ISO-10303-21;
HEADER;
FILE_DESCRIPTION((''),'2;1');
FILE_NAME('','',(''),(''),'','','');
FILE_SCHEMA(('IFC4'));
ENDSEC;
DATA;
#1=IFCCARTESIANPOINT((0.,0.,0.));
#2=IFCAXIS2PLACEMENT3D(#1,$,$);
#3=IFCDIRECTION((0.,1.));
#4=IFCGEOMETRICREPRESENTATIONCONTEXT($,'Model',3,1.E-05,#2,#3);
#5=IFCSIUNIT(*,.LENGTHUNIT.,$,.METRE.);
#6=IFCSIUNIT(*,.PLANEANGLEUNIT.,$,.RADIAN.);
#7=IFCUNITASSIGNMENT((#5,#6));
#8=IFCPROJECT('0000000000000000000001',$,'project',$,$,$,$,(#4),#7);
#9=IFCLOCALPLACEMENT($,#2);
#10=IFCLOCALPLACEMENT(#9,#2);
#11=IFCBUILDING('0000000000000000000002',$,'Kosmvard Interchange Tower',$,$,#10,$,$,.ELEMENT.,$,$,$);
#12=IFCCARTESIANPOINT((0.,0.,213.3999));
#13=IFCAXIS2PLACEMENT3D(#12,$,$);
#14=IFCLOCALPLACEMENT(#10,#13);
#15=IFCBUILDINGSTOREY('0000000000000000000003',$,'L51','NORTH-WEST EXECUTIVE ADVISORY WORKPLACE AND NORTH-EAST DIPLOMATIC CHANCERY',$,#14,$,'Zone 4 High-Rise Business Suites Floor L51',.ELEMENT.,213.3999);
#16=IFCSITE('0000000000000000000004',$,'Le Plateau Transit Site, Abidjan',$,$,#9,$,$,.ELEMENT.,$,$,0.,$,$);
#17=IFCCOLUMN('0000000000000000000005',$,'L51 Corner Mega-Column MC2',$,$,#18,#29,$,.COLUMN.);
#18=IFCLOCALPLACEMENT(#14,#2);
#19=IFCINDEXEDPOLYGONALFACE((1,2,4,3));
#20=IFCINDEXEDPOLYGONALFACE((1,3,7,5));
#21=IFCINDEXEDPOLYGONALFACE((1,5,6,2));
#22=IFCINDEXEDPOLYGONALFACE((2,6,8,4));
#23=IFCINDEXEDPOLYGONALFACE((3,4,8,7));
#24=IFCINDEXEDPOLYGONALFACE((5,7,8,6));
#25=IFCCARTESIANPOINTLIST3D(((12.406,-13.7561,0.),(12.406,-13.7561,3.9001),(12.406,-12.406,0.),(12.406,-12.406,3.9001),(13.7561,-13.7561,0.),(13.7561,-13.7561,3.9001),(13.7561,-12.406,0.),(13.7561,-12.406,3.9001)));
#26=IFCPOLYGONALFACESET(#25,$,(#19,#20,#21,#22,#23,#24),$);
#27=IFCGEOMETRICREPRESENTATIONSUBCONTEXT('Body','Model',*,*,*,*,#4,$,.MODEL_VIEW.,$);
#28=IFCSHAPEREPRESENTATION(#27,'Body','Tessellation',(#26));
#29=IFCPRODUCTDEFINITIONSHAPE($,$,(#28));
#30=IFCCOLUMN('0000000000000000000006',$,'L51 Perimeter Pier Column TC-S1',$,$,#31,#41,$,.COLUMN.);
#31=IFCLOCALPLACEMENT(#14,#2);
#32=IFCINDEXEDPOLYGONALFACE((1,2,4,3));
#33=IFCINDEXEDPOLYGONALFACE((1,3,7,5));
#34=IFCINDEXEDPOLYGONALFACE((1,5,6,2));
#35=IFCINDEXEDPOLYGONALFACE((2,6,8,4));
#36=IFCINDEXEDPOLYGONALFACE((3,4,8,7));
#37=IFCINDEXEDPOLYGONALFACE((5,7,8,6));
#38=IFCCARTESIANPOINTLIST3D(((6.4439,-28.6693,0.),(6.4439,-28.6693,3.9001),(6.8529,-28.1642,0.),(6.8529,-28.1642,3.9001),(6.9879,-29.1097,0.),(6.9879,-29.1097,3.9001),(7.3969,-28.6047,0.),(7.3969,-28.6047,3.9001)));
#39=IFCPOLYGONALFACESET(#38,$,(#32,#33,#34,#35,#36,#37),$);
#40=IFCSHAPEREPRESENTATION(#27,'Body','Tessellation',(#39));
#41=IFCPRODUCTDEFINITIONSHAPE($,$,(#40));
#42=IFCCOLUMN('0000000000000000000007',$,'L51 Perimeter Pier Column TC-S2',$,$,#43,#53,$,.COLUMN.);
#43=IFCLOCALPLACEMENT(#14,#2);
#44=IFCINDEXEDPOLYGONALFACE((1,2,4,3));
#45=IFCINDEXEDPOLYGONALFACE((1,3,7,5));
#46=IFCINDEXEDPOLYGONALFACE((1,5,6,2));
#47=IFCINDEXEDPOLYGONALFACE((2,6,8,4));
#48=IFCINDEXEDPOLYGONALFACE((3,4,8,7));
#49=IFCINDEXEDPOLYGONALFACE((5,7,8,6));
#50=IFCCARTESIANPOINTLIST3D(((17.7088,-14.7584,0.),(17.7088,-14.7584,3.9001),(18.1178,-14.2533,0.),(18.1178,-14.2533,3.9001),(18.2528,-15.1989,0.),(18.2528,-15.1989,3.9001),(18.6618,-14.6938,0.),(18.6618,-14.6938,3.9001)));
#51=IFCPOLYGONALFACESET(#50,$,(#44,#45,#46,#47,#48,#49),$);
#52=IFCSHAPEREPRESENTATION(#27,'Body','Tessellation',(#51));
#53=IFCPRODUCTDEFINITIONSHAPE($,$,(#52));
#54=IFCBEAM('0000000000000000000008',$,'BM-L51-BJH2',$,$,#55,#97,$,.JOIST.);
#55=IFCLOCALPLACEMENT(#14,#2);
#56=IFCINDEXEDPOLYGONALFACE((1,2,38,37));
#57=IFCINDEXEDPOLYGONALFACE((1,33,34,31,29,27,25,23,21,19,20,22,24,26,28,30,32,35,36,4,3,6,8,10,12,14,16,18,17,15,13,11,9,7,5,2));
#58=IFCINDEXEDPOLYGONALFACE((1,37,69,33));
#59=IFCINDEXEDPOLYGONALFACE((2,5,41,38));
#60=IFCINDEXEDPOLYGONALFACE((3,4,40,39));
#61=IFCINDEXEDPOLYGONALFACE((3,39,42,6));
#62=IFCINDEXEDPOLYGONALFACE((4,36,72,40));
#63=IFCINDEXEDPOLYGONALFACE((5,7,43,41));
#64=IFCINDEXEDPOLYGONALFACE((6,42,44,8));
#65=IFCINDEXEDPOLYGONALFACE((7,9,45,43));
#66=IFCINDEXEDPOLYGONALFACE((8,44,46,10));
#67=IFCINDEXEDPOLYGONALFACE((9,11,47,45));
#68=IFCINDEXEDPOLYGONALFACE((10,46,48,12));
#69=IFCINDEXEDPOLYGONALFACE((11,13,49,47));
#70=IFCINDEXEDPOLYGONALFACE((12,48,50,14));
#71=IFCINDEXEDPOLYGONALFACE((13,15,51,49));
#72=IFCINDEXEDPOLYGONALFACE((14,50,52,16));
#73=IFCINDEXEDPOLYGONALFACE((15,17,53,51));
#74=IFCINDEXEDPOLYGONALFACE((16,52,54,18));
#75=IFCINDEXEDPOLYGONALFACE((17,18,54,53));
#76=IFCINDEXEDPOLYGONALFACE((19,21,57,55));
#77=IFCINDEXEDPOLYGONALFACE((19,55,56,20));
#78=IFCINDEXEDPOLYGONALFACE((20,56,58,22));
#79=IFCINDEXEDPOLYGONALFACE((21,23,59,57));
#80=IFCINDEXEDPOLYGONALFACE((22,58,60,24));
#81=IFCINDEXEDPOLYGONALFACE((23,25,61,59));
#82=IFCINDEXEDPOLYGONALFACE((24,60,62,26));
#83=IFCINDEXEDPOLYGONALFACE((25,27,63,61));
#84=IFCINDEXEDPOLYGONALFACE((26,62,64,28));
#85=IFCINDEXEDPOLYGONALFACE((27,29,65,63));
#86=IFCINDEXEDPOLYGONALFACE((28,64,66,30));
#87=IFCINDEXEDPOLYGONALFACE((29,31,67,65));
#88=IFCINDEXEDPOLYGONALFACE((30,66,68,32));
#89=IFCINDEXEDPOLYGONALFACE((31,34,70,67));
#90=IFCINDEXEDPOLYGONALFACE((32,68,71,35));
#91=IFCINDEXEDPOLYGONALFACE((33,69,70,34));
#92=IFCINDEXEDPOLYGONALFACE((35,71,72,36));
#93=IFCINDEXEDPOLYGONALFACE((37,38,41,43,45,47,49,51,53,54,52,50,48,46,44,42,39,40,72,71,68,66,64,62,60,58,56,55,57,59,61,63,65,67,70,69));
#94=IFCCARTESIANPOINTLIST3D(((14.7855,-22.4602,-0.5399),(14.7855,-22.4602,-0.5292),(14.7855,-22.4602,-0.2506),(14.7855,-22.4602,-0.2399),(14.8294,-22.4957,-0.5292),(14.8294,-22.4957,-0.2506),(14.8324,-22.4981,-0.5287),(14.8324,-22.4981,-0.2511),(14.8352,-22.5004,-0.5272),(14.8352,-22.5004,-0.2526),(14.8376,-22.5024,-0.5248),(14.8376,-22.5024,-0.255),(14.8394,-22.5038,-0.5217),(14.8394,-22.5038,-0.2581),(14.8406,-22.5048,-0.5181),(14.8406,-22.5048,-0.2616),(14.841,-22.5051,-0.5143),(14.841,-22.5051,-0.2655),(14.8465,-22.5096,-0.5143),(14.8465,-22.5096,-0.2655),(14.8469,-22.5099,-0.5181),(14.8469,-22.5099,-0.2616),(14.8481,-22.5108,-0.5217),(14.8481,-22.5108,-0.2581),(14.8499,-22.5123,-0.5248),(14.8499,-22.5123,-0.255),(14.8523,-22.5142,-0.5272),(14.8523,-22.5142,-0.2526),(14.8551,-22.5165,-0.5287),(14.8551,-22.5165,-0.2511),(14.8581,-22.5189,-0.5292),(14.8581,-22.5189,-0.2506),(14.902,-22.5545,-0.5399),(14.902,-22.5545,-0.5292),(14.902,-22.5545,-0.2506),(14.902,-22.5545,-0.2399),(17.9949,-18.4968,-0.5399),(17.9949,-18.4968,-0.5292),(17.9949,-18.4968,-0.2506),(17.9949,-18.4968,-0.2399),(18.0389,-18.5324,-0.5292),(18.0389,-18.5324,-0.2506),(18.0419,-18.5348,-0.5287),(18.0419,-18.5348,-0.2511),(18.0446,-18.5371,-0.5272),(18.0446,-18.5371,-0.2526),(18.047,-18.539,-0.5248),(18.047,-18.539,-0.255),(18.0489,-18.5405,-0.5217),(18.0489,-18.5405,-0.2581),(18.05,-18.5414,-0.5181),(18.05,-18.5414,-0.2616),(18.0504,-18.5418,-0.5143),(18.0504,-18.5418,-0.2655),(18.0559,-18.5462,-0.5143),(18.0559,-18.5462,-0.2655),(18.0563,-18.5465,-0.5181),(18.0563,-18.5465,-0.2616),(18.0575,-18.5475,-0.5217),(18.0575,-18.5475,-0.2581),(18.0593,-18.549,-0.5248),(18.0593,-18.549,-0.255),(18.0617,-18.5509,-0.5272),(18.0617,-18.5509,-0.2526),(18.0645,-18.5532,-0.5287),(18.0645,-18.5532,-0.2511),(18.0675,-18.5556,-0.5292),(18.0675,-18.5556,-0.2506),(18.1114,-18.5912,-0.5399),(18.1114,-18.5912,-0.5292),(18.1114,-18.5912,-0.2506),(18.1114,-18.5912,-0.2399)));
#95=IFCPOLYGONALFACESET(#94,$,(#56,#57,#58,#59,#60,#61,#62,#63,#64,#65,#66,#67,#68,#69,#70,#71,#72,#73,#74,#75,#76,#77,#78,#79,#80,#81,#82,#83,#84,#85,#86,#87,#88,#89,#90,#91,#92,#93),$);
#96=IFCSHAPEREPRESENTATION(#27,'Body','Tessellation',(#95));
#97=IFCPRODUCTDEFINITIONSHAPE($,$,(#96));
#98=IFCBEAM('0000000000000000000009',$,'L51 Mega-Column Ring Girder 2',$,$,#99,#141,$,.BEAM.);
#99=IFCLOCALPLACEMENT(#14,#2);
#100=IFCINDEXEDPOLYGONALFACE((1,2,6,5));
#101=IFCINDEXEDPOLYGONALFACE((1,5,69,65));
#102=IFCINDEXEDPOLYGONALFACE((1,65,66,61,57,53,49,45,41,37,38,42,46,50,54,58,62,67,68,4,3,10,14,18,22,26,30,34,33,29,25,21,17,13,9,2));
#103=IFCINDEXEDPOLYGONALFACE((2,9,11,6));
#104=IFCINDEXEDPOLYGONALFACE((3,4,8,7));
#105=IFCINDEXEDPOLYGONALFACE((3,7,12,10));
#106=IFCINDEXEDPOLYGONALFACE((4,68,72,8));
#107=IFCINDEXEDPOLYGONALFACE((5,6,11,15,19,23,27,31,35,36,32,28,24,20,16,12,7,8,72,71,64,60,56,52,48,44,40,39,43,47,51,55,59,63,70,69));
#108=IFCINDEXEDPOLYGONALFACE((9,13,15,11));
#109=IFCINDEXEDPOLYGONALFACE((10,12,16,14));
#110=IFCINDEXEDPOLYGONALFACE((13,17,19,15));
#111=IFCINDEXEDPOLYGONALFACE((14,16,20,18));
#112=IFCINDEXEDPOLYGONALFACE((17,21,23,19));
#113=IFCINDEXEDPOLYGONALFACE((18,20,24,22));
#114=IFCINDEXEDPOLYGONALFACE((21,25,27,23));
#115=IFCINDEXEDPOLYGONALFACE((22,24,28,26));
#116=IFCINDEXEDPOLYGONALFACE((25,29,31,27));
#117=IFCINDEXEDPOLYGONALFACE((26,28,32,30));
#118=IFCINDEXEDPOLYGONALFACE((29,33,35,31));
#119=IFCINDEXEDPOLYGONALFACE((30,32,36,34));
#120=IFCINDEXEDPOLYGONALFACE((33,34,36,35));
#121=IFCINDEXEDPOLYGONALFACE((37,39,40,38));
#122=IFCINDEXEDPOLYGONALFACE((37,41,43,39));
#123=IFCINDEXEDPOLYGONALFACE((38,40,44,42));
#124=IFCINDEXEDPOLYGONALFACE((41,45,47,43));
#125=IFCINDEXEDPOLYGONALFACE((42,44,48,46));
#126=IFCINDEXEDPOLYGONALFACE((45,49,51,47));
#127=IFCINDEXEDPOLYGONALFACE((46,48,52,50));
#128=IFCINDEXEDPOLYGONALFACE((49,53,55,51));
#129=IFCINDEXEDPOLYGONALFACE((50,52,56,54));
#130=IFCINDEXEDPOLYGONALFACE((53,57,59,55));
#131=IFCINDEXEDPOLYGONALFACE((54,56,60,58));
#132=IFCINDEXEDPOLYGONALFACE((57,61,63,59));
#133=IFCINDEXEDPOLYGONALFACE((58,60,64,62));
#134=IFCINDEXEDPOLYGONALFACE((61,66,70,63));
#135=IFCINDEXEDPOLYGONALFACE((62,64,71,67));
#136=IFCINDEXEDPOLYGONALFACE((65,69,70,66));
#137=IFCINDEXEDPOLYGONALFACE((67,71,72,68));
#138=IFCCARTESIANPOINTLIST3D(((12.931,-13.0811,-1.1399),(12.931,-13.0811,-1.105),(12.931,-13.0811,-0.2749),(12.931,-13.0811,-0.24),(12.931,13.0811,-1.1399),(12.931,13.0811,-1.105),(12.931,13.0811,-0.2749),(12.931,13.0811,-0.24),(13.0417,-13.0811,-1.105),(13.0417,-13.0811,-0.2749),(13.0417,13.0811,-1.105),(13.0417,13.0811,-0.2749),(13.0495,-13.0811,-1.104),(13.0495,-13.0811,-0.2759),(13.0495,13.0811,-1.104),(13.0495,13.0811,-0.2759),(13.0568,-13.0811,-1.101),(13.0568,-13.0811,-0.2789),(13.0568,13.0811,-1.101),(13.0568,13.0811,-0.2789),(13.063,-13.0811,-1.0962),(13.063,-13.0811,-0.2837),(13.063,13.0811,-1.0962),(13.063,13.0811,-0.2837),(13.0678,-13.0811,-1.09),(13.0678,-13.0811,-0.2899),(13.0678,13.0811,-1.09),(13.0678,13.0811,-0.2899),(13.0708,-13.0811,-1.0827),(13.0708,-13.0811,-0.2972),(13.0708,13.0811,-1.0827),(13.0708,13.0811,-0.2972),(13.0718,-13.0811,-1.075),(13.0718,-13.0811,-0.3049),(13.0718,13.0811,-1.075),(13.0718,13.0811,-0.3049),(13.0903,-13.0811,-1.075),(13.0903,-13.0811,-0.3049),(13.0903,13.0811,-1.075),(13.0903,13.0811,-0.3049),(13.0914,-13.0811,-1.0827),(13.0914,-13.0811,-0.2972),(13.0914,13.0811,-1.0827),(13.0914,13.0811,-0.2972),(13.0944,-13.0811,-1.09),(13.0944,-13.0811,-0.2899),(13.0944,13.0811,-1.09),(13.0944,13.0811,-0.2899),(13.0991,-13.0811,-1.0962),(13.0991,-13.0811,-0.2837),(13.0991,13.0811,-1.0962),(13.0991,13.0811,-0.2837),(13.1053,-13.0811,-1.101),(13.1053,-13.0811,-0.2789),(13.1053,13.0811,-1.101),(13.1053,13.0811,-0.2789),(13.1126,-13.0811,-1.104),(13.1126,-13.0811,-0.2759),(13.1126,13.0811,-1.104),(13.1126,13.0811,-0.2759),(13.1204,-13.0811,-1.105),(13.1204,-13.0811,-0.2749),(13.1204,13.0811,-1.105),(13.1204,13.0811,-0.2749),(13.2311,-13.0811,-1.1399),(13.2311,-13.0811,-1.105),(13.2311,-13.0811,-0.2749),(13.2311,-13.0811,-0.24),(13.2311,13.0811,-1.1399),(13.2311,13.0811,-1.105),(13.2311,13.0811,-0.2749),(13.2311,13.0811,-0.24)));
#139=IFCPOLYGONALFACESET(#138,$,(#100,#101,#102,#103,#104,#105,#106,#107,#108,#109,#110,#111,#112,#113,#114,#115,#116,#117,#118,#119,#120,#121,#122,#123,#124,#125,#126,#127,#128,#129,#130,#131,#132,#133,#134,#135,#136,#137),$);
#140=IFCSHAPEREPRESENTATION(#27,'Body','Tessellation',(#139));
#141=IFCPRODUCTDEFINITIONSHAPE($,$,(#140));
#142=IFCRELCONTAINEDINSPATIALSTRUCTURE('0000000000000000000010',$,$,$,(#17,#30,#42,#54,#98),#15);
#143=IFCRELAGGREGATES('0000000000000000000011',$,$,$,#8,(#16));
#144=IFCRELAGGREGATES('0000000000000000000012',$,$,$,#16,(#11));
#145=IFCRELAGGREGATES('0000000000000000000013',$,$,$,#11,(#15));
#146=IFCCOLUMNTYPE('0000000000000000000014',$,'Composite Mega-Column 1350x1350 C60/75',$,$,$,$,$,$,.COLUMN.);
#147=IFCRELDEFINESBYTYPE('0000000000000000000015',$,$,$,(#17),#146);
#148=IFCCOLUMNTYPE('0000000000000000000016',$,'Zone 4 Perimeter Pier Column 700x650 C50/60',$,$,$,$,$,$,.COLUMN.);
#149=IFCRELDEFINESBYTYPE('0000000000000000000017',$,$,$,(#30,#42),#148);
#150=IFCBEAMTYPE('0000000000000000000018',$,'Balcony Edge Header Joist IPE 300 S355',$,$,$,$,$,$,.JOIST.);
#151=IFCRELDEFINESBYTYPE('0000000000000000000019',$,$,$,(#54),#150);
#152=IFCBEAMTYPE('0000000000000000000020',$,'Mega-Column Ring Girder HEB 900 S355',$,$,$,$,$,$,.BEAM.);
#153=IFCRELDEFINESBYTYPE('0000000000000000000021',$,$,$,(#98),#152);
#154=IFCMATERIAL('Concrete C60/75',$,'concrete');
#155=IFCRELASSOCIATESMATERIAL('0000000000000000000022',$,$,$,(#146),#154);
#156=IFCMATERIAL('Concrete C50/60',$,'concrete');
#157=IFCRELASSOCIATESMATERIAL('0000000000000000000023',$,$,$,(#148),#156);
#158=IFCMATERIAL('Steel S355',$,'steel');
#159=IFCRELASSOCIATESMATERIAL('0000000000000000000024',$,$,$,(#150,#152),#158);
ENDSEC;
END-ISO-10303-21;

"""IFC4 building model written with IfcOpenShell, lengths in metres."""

from ifc_helpers import new_model, si_unit, direction, frame, origin, origin_2d, place, context, subcontext, project, spatial, rectangle, i_section, extrude, source, transform, mapped, material, material_profile, profile_set, type_object, element, save


model = new_model("IFC4")

# Units and contexts
model_context = context("Model", 3, precision=1e-05, world=origin(), true_north=direction((0.0, 1.0)))
body_context = subcontext(model_context, "Body", "Model", "MODEL_VIEW")
ifc_project = project(units=[si_unit("LENGTHUNIT", "METRE"), si_unit("PLANEANGLEUNIT", "RADIAN")], contexts=[model_context])

# Site, building, storey
site_placement = place(None, origin())
site = spatial("IfcSite", under=ifc_project, at=site_placement, Name="Le Plateau Transit Site, Abidjan", CompositionType="ELEMENT", RefElevation=0.0)
building_placement = place(site_placement, origin())
building = spatial("IfcBuilding", under=site, at=building_placement, Name="Kosmvard Interchange Tower", CompositionType="ELEMENT")
storey_placement = place(building_placement, frame((0.0, 0.0, 213.3999)))
storey = spatial("IfcBuildingStorey", under=building, at=storey_placement, Name="L51", Description="NORTH-WEST EXECUTIVE ADVISORY WORKPLACE AND NORTH-EAST DIPLOMATIC CHANCERY", LongName="Zone 4 High-Rise Business Suites Floor L51", CompositionType="ELEMENT", Elevation=213.3999)

# Columns
ifc_material_1 = material(Name="Concrete C60/75", Category="concrete")
ifc_material_profile_1 = material_profile(ifc_material_1, rectangle(XDim=1.3501, YDim=1.3501, at=origin_2d()), Name="MC 1350x1350")
ifc_profile_set_1 = profile_set([ifc_material_profile_1], Name="Concrete C60/75")
column_type_1 = type_object("IfcColumnType", Name="Composite Mega-Column 1350x1350 C60/75", PredefinedType="COLUMN", material=ifc_profile_set_1)
shared_shape_1 = source(origin(), body_context, "Body", "SweptSolid", [
    extrude(rectangle(XDim=1.3501, YDim=1.3501, at=origin_2d()), origin(), (0.0, 0.0, 1.0), 3.9001),
])
column_placement = place(storey_placement, frame((13.0811, -13.0811, 0.0), z_axis=(0.0, 0.0, 1.0), x_axis=(1.0, 0.0, 0.0)))
element("IfcColumn", 1, at=column_placement, inside=storey, type_object=column_type_1, Name="L51 Corner Mega-Column MC2", PredefinedType="COLUMN", context=body_context, shape_type="MappedRepresentation", body=[
    mapped(shared_shape_1, transform((0.0, 0.0, 0.0), scale=1.0)),
])
ifc_material_2 = material(Name="Concrete C50/60", Category="concrete")
ifc_material_profile_2 = material_profile(ifc_material_2, rectangle(XDim=0.6499, YDim=0.7, at=origin_2d()), Name="TC 700x650")
ifc_profile_set_2 = profile_set([ifc_material_profile_2], Name="Concrete C50/60")
column_type_2 = type_object("IfcColumnType", Name="Zone 4 Perimeter Pier Column 700x650 C50/60", PredefinedType="COLUMN", material=ifc_profile_set_2)
shared_shape_2 = source(origin(), body_context, "Body", "SweptSolid", [
    extrude(rectangle(XDim=0.6499, YDim=0.7, at=origin_2d()), origin(), (0.0, 0.0, 1.0), 3.9001),
])
for number, where, z_axis, x_axis, name in (
    (2, (6.9204, -28.637, 0.0), (0.0, 0.0, 1.0), (0.62932, 0.777146, 0.0), "L51 Perimeter Pier Column TC-S1"),
    (3, (18.1853, -14.7261, 0.0), (0.0, 0.0, 1.0), (0.62932, 0.777146, 0.0), "L51 Perimeter Pier Column TC-S2"),
):
    element("IfcColumn", number, at=place(storey_placement, frame(where, z_axis=z_axis, x_axis=x_axis)), inside=storey, type_object=column_type_2, Name=name, PredefinedType="COLUMN", context=body_context, shape_type="MappedRepresentation", body=[
        mapped(shared_shape_2, transform((0.0, 0.0, 0.0), scale=1.0)),
    ])

# Beams
ifc_material_3 = material(Name="Steel S355", Category="steel")
ifc_material_profile_3 = material_profile(ifc_material_3, i_section(OverallWidth=0.1499, OverallDepth=0.3, WebThickness=0.0071, FlangeThickness=0.0107, FilletRadius=0.0149, at=origin_2d()), Name="IPE 300")
ifc_profile_set_3 = profile_set([ifc_material_profile_3], Name="Steel S355")
beam_type_1 = type_object("IfcBeamType", Name="Balcony Edge Header Joist IPE 300 S355", PredefinedType="JOIST", material=ifc_profile_set_3)
shared_shape_3 = source(origin(), body_context, "Body", "SweptSolid", [
    extrude(i_section(OverallWidth=0.1499, OverallDepth=0.3, WebThickness=0.0071, FlangeThickness=0.0107, FilletRadius=0.0149, at=origin_2d()), origin(), (0.0, 0.0, 1.0), 5.0999),
])
beam_1_placement = place(storey_placement, frame((14.8438, -22.5073, -0.3899), z_axis=(0.629319, 0.777147, 0.0), x_axis=(-0.777147, 0.629319, 0.0)))
element("IfcBeam", 4, at=beam_1_placement, inside=storey, type_object=beam_type_1, Name="BM-L51-BJH2", PredefinedType="JOIST", context=body_context, shape_type="MappedRepresentation", body=[
    mapped(shared_shape_3, transform((0.0, 0.0, 0.0), scale=1.0)),
])
ifc_material_profile_4 = material_profile(ifc_material_3, i_section(OverallWidth=0.3, OverallDepth=0.8999, WebThickness=0.0186, FlangeThickness=0.0349, FilletRadius=0.03, at=origin_2d()), Name="HEB 900")
ifc_profile_set_4 = profile_set([ifc_material_profile_4], Name="Steel S355")
beam_type_2 = type_object("IfcBeamType", Name="Mega-Column Ring Girder HEB 900 S355", PredefinedType="BEAM", material=ifc_profile_set_4)
shared_shape_4 = source(origin(), body_context, "Body", "SweptSolid", [
    extrude(i_section(OverallWidth=0.3, OverallDepth=0.8999, WebThickness=0.0186, FlangeThickness=0.0349, FilletRadius=0.03, at=origin_2d()), origin(), (0.0, 0.0, 1.0), 26.1621),
])
beam_2_placement = place(storey_placement, frame((13.0811, -13.0811, -0.6899), z_axis=(0.0, 1.0, 0.0), x_axis=(-1.0, 0.0, 0.0)))
element("IfcBeam", 5, at=beam_2_placement, inside=storey, type_object=beam_type_2, Name="L51 Mega-Column Ring Girder 2", PredefinedType="BEAM", context=body_context, shape_type="MappedRepresentation", body=[
    mapped(shared_shape_4, transform((0.0, 0.0, 0.0), scale=1.0)),
])

save(model, "model.ifc")
